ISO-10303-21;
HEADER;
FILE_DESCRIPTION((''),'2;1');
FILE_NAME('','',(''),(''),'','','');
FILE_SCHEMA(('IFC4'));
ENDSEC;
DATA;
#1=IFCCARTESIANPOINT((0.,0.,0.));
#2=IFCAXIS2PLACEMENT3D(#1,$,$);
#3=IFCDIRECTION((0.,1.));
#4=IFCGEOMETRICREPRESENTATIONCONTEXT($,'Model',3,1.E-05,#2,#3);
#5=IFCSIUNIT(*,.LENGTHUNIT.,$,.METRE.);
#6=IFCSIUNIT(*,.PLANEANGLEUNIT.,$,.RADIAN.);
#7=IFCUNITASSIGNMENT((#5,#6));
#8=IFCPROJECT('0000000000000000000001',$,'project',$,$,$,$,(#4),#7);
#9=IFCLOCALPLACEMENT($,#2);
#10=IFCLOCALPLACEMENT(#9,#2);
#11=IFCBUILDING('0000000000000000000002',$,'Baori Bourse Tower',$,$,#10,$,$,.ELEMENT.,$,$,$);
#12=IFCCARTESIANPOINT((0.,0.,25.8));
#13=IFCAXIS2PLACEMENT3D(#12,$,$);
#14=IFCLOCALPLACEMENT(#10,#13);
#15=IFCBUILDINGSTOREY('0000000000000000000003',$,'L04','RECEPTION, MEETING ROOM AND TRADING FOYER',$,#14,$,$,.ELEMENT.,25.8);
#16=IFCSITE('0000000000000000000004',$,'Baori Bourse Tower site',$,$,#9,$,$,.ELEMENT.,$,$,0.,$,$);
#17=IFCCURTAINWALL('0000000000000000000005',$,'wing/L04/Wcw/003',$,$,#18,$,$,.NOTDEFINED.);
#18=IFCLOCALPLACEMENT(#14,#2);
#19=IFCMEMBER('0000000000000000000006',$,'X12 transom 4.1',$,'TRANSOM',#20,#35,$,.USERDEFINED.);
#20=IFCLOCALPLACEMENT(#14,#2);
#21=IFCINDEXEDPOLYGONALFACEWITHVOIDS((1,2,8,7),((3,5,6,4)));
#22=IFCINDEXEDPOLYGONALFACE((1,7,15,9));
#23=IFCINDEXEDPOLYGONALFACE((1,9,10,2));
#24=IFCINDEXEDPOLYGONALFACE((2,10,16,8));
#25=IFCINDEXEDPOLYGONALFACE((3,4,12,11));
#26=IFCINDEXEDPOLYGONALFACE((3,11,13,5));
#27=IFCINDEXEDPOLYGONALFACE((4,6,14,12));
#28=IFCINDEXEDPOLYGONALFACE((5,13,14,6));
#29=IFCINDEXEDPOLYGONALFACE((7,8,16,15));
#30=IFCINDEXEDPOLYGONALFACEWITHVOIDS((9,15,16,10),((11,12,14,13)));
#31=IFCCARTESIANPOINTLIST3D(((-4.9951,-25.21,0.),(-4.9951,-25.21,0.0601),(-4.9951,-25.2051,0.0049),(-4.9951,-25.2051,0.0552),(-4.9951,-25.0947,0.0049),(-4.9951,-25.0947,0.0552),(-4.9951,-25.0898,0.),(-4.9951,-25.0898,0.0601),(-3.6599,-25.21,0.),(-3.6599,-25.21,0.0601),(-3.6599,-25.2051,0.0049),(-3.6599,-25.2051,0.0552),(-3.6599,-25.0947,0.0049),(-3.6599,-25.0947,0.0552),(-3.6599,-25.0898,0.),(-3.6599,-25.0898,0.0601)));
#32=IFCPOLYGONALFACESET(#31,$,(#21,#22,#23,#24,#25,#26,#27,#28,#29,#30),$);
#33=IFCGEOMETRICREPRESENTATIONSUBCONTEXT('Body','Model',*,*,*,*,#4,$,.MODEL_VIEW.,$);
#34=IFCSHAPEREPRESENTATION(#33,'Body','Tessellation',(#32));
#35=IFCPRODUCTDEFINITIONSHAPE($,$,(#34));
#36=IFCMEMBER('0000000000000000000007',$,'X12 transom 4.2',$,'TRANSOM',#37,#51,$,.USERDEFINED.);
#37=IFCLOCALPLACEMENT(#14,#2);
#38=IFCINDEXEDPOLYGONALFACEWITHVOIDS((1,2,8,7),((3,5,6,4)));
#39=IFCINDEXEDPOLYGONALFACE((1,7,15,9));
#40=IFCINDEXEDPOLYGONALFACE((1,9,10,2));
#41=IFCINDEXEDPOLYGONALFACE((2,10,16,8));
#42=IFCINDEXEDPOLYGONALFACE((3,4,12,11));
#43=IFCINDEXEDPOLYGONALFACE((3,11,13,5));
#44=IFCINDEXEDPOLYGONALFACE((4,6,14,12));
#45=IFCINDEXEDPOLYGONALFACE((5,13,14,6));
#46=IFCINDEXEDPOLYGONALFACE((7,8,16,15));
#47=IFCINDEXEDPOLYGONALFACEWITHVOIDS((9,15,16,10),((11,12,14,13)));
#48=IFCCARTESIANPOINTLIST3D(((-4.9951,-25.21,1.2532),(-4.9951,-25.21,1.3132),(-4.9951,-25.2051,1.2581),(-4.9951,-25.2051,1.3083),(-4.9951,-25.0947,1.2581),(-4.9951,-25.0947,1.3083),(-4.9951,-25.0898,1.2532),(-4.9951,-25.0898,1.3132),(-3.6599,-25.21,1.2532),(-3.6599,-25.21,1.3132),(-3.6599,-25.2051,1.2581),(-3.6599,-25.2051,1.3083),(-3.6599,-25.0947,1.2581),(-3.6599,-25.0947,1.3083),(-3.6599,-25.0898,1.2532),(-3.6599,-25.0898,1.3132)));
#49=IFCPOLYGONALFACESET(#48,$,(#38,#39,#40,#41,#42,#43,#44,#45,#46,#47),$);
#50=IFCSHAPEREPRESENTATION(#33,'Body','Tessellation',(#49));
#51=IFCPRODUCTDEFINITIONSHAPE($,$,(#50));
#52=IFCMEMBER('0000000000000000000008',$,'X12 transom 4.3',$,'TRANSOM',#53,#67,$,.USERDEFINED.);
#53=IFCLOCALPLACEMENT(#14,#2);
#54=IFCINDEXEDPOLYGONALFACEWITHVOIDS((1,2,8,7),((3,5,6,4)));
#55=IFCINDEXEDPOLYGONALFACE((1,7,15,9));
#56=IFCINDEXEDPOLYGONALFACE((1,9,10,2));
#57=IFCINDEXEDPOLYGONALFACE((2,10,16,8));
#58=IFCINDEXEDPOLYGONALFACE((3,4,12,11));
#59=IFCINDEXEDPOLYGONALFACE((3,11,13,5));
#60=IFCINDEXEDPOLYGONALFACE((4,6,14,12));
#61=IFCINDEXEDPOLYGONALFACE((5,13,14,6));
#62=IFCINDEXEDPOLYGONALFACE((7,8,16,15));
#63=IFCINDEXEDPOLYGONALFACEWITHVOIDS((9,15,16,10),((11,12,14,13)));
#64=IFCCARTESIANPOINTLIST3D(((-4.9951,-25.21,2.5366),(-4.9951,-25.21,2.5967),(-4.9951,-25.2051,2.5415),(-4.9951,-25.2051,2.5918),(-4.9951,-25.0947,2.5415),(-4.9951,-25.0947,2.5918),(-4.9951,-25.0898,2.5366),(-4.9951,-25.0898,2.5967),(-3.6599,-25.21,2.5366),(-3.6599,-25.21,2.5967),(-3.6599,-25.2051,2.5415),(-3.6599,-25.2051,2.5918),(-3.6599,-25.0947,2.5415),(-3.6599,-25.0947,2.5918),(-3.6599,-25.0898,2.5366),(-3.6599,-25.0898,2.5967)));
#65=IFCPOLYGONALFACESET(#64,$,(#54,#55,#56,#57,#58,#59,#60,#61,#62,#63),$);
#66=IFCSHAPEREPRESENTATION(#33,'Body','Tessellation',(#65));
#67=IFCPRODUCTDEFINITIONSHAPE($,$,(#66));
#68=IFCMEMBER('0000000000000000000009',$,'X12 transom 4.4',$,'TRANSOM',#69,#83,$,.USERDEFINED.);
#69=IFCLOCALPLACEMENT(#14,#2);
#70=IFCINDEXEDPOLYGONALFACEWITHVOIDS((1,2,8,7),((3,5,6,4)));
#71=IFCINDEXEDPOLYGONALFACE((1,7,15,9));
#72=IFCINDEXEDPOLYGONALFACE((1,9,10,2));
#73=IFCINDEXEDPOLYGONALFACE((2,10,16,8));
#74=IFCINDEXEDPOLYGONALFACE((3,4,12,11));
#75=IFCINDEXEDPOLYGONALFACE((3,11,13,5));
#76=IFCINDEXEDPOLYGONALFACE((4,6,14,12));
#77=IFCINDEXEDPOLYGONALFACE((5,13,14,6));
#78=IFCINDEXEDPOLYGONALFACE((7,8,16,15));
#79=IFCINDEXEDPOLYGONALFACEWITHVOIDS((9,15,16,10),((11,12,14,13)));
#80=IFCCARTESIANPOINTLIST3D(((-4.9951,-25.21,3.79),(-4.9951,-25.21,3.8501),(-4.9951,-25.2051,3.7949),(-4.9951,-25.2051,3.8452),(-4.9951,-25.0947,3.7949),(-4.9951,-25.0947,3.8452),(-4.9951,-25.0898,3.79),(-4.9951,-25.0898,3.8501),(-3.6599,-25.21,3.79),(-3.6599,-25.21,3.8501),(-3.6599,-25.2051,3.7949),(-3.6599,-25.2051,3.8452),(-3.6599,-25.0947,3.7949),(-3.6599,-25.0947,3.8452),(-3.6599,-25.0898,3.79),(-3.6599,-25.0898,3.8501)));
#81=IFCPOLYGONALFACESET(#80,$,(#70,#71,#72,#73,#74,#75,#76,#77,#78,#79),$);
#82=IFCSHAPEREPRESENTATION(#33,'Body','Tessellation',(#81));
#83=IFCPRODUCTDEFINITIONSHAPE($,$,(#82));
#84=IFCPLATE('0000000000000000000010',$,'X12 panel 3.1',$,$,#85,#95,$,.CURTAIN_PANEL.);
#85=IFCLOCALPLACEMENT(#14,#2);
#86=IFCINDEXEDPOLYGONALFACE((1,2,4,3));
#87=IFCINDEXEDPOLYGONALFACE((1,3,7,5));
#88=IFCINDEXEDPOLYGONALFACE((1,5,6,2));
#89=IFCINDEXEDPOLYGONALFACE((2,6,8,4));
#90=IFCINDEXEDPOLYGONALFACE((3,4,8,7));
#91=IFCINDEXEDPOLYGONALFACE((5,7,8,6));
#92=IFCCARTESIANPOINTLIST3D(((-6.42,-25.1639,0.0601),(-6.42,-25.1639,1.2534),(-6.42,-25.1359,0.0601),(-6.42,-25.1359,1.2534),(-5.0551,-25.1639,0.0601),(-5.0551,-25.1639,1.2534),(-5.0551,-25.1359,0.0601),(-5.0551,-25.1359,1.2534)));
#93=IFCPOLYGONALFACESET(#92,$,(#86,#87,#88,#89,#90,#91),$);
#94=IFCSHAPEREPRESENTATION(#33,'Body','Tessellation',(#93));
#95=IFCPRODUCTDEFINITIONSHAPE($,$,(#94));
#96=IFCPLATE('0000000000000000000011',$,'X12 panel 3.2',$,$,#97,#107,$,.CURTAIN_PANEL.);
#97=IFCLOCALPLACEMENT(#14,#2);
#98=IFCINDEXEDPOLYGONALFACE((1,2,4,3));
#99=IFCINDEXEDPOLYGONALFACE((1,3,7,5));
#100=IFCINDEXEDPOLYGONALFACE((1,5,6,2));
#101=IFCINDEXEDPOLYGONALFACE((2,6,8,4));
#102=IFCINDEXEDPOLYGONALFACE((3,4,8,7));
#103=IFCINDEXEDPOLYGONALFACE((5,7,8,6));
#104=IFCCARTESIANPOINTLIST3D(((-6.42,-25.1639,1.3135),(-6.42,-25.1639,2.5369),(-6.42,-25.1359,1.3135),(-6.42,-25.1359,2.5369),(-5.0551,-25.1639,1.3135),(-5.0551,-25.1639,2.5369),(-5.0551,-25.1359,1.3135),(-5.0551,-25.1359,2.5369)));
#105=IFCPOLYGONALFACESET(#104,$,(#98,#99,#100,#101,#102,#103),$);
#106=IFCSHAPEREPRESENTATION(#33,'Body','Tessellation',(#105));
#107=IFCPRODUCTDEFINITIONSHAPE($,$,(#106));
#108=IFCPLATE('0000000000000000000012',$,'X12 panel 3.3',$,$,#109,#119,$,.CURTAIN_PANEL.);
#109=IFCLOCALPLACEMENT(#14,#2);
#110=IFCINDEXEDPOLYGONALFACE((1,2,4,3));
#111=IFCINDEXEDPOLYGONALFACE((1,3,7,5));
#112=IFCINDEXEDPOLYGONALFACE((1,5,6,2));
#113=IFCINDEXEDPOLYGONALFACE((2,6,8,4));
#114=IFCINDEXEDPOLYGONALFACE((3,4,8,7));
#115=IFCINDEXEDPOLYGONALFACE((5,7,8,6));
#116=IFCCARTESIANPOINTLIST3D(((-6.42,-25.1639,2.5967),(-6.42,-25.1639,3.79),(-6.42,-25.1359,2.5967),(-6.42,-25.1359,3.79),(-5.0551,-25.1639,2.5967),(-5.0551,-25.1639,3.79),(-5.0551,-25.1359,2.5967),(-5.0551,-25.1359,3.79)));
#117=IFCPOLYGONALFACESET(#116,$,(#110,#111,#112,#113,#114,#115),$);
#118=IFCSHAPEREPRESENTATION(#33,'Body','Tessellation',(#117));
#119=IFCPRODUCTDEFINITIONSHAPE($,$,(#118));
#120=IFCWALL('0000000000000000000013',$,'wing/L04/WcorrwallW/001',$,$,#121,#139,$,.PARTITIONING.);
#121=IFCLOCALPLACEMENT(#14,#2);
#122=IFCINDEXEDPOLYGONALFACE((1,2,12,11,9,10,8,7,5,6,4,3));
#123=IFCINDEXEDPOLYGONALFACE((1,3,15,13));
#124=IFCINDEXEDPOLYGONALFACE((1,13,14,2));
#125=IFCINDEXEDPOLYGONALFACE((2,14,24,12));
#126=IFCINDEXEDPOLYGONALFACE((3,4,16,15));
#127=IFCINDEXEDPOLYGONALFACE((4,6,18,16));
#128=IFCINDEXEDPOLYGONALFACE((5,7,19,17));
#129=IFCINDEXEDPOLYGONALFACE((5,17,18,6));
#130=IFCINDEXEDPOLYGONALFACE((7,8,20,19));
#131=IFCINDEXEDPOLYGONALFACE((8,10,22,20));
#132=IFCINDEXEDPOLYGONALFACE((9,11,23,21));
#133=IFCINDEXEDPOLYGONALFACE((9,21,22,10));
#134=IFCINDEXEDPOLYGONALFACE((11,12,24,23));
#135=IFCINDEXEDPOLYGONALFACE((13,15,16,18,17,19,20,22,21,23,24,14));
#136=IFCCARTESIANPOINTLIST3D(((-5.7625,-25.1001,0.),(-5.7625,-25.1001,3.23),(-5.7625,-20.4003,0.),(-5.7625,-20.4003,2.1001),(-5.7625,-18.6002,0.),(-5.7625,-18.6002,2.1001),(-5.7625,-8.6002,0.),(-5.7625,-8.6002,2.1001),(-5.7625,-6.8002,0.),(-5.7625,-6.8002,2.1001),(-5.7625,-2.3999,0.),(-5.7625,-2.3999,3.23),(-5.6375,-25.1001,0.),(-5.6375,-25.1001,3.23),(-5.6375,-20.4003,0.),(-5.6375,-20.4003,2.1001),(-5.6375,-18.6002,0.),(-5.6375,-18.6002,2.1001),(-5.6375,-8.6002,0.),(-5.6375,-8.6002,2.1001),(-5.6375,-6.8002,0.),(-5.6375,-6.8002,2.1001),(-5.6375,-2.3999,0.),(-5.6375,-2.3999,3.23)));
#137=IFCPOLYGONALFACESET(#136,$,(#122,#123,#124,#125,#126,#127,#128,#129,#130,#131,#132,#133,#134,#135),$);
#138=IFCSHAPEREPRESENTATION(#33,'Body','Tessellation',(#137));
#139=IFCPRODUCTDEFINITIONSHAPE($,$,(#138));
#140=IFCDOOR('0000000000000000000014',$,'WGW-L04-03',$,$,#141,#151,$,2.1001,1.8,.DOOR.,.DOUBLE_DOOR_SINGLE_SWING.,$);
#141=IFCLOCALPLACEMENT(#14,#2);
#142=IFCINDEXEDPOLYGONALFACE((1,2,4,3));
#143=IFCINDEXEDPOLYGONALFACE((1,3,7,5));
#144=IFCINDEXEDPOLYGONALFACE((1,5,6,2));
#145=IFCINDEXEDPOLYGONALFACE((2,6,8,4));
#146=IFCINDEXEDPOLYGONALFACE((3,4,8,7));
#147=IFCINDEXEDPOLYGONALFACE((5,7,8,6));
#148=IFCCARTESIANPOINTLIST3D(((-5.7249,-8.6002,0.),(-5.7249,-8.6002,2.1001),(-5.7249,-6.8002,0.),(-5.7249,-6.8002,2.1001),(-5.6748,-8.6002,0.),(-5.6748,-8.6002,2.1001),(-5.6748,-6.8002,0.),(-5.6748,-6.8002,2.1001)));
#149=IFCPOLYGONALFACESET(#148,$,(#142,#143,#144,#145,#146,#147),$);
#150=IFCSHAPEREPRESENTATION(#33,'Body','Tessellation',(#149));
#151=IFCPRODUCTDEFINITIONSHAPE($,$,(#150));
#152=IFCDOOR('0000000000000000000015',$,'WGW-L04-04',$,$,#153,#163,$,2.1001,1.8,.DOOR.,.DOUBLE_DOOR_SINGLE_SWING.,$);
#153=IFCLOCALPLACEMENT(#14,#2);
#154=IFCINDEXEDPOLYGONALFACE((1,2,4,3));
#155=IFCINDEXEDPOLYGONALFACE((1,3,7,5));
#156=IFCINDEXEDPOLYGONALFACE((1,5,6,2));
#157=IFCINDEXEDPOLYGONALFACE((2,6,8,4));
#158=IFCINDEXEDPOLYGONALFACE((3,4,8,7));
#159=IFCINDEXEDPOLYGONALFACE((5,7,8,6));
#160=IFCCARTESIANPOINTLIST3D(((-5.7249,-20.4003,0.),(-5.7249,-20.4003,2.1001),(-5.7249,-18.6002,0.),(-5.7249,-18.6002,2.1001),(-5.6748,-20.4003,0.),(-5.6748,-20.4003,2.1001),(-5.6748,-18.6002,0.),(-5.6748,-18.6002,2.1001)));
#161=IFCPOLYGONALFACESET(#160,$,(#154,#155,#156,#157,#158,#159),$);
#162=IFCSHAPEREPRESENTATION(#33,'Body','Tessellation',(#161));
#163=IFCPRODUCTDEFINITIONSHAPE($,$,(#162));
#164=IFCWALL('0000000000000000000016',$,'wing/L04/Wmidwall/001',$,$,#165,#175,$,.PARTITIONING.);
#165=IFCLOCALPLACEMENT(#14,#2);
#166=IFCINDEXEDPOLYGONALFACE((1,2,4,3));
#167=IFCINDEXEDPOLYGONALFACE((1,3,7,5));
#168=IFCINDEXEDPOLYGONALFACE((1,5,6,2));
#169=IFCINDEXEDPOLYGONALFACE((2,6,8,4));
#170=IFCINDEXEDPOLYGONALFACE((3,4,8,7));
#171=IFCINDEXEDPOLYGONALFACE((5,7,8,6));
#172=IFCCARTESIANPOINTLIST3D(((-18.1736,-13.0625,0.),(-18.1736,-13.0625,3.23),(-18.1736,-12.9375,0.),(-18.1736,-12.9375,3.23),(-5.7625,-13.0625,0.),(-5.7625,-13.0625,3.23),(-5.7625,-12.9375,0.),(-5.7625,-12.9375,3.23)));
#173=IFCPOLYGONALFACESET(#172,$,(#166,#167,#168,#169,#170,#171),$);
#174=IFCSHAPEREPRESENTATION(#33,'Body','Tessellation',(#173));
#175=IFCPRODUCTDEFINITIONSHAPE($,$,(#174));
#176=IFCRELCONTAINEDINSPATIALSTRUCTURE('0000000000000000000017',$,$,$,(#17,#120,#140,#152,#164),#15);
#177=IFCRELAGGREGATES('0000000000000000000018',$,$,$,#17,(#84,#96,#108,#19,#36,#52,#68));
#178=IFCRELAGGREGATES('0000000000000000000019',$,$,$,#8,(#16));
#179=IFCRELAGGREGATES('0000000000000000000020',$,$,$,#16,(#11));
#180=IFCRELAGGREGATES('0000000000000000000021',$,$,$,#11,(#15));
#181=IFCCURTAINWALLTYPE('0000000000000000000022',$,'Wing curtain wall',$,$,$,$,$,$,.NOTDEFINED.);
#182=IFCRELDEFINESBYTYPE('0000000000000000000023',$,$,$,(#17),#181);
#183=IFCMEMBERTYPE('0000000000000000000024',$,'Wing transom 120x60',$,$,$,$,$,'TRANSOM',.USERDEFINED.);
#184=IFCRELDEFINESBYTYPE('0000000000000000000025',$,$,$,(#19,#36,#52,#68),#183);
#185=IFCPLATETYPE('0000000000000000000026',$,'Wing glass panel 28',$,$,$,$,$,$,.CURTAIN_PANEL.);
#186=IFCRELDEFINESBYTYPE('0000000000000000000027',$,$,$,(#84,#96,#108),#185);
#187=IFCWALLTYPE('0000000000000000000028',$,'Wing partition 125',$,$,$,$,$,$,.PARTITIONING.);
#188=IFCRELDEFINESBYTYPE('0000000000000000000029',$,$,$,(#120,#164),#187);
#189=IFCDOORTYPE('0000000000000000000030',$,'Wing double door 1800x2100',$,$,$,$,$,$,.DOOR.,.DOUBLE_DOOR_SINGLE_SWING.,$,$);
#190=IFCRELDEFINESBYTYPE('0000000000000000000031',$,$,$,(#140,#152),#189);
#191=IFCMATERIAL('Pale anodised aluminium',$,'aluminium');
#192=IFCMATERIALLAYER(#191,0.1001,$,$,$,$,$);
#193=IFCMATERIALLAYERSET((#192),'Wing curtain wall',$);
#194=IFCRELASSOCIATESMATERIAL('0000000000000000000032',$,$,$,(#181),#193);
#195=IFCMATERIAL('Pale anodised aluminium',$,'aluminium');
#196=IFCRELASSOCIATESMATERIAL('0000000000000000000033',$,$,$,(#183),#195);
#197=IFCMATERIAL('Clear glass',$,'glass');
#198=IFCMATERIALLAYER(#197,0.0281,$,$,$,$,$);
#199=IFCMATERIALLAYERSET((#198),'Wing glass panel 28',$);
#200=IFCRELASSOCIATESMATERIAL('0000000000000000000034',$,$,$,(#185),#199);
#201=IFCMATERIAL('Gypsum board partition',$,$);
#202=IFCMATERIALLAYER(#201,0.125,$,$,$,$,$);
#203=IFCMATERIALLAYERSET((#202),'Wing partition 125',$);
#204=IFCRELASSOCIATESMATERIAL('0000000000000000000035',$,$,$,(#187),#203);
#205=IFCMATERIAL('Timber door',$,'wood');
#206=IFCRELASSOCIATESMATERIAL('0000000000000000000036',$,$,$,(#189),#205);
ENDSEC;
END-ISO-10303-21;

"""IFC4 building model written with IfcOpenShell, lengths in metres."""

from ifc_helpers import new_model, si_unit, direction, frame, frame_2d, origin, origin_2d, place, context, subcontext, project, spatial, rectangle, hollow_rectangle, extrude, material, layer, layer_set, material_profile, profile_set, type_object, element, fill, aggregate, save


model = new_model("IFC4")

# Units and contexts
model_context = context("Model", 3, precision=1e-05, world=origin(), true_north=direction((0.0, 1.0)))
body_context = subcontext(model_context, "Body", "Model", "MODEL_VIEW")
ifc_project = project(units=[si_unit("LENGTHUNIT", "METRE"), si_unit("PLANEANGLEUNIT", "RADIAN")], contexts=[model_context])

# Site, building, storey
site_placement = place(None, origin())
site = spatial("IfcSite", under=ifc_project, at=site_placement, Name="Baori Bourse Tower site", CompositionType="ELEMENT", RefElevation=0.0)
building_placement = place(site_placement, origin())
building = spatial("IfcBuilding", under=site, at=building_placement, Name="Baori Bourse Tower", CompositionType="ELEMENT")
storey_placement = place(building_placement, frame((0.0, 0.0, 25.8)))
storey = spatial("IfcBuildingStorey", under=building, at=storey_placement, Name="L04", Description="RECEPTION, MEETING ROOM AND TRADING FOYER", CompositionType="ELEMENT", Elevation=25.8)

# Curtain wall, members, plates
ifc_material_1 = material(Name="Pale anodised aluminium", Category="aluminium")
ifc_layer_1 = layer(ifc_material_1, 0.1001)
ifc_layer_set_1 = layer_set([ifc_layer_1], Name="Wing curtain wall")
curtain_wall_type = type_object("IfcCurtainWallType", Name="Wing curtain wall", PredefinedType="NOTDEFINED", material=ifc_layer_set_1)
curtain_wall_placement = place(storey_placement, origin())
curtain_wall = element("IfcCurtainWall", 1, at=curtain_wall_placement, inside=storey, type_object=curtain_wall_type, Name="wing/L04/Wcw/003", PredefinedType="NOTDEFINED")
ifc_material_2 = material(Name="Pale anodised aluminium", Category="aluminium")
ifc_material_profile_1 = material_profile(ifc_material_2, hollow_rectangle(XDim=0.1201, YDim=0.0601, WallThickness=0.0049, at=origin_2d()), Name="Transom 120x60x5")
ifc_profile_set_1 = profile_set([ifc_material_profile_1], Name="Pale anodised aluminium")
member_type_1 = type_object("IfcMemberType", Name="Wing transom 120x60", ElementType="TRANSOM", PredefinedType="USERDEFINED", material=ifc_profile_set_1)
member_1_placement = place(storey_placement, frame((-4.9951, -25.1499, 0.03), z_axis=(1.0, 0.0, 0.0), x_axis=(0.0, 1.0, 0.0)))
member_1 = element("IfcMember", 2, at=member_1_placement, type_object=member_type_1, Name="X12 transom 4.1", ObjectType="TRANSOM", PredefinedType="USERDEFINED", context=body_context, shape_type="SweptSolid", body=[
    extrude(hollow_rectangle(XDim=0.1201, YDim=0.0601, WallThickness=0.0049, at=origin_2d()), origin(), (0.0, 0.0, 1.0), 1.3352),
])
member_2_placement = place(storey_placement, frame((-4.9951, -25.1499, 1.2832), z_axis=(1.0, 0.0, 0.0), x_axis=(0.0, 1.0, 0.0)))
member_2 = element("IfcMember", 3, at=member_2_placement, type_object=member_type_1, Name="X12 transom 4.2", ObjectType="TRANSOM", PredefinedType="USERDEFINED", context=body_context, shape_type="SweptSolid", body=[
    extrude(hollow_rectangle(XDim=0.1201, YDim=0.0601, WallThickness=0.0049, at=origin_2d()), origin(), (0.0, 0.0, 1.0), 1.3352),
])
member_3_placement = place(storey_placement, frame((-4.9951, -25.1499, 2.5667), z_axis=(1.0, 0.0, 0.0), x_axis=(0.0, 1.0, 0.0)))
member_3 = element("IfcMember", 4, at=member_3_placement, type_object=member_type_1, Name="X12 transom 4.3", ObjectType="TRANSOM", PredefinedType="USERDEFINED", context=body_context, shape_type="SweptSolid", body=[
    extrude(hollow_rectangle(XDim=0.1201, YDim=0.0601, WallThickness=0.0049, at=origin_2d()), origin(), (0.0, 0.0, 1.0), 1.3352),
])
member_4_placement = place(storey_placement, frame((-4.9951, -25.1499, 3.8201), z_axis=(1.0, 0.0, 0.0), x_axis=(0.0, 1.0, 0.0)))
member_4 = element("IfcMember", 5, at=member_4_placement, type_object=member_type_1, Name="X12 transom 4.4", ObjectType="TRANSOM", PredefinedType="USERDEFINED", context=body_context, shape_type="SweptSolid", body=[
    extrude(hollow_rectangle(XDim=0.1201, YDim=0.0601, WallThickness=0.0049, at=origin_2d()), origin(), (0.0, 0.0, 1.0), 1.3352),
])
ifc_material_3 = material(Name="Clear glass", Category="glass")
ifc_layer_2 = layer(ifc_material_3, 0.0281)
ifc_layer_set_2 = layer_set([ifc_layer_2], Name="Wing glass panel 28")
plate_type = type_object("IfcPlateType", Name="Wing glass panel 28", PredefinedType="CURTAIN_PANEL", material=ifc_layer_set_2)
plate_1_placement = place(storey_placement, frame((-5.7375, -25.1499, 0.0601), z_axis=(0.0, 0.0, 1.0), x_axis=(1.0, 0.0, 0.0)))
plate_1 = element("IfcPlate", 6, at=plate_1_placement, type_object=plate_type, Name="X12 panel 3.1", PredefinedType="CURTAIN_PANEL", context=body_context, shape_type="SweptSolid", body=[
    extrude(rectangle(XDim=1.365, YDim=0.0281, at=origin_2d()), origin(), (0.0, 0.0, 1.0), 1.1934),
])
plate_2_placement = place(storey_placement, frame((-5.7375, -25.1499, 1.3135), z_axis=(0.0, 0.0, 1.0), x_axis=(1.0, 0.0, 0.0)))
plate_2 = element("IfcPlate", 7, at=plate_2_placement, type_object=plate_type, Name="X12 panel 3.2", PredefinedType="CURTAIN_PANEL", context=body_context, shape_type="SweptSolid", body=[
    extrude(rectangle(XDim=1.365, YDim=0.0281, at=origin_2d()), origin(), (0.0, 0.0, 1.0), 1.2234),
])
plate_3_placement = place(storey_placement, frame((-5.7375, -25.1499, 2.5967), z_axis=(0.0, 0.0, 1.0), x_axis=(1.0, 0.0, 0.0)))
plate_3 = element("IfcPlate", 8, at=plate_3_placement, type_object=plate_type, Name="X12 panel 3.3", PredefinedType="CURTAIN_PANEL", context=body_context, shape_type="SweptSolid", body=[
    extrude(rectangle(XDim=1.365, YDim=0.0281, at=origin_2d()), origin(), (0.0, 0.0, 1.0), 1.1934),
])
aggregate(curtain_wall, [plate_1, plate_2, plate_3, member_1, member_2, member_3, member_4])

# Wall, openings, doors
ifc_material_4 = material(Name="Gypsum board partition")
ifc_layer_3 = layer(ifc_material_4, 0.125)
ifc_layer_set_3 = layer_set([ifc_layer_3], Name="Wing partition 125")
wall_type = type_object("IfcWallType", Name="Wing partition 125", PredefinedType="PARTITIONING", material=ifc_layer_set_3)
wall_1_placement = place(storey_placement, frame((-5.7, -25.1001, 0.0), z_axis=(0.0, 0.0, 1.0), x_axis=(0.0, 1.0, 0.0)))
wall_1 = element("IfcWall", 9, at=wall_1_placement, inside=storey, type_object=wall_type, Name="wing/L04/WcorrwallW/001", PredefinedType="PARTITIONING", context=body_context, shape_type="SweptSolid", body=[
    extrude(rectangle(XDim=22.7002, YDim=0.125, at=frame_2d((11.3501, 0.0))), origin(), (0.0, 0.0, 1.0), 3.23),
])
opening_1_placement = place(wall_1_placement, frame((16.5, 0.0, 0.0)))
opening_1 = element("IfcOpeningElement", 10, at=opening_1_placement, cuts=wall_1, PredefinedType="OPENING", context=body_context, shape_type="SweptSolid", body=[
    extrude(rectangle(XDim=1.8, YDim=2.1001, at=frame_2d((0.8999, 1.05))), frame((0.0, 0.0725, 0.0), z_axis=(0.0, -1.0, 0.0), x_axis=(1.0, 0.0, 0.0)), (0.0, 0.0, 1.0), 0.145),
])
opening_2_placement = place(wall_1_placement, frame((4.7, 0.0, 0.0)))
opening_2 = element("IfcOpeningElement", 11, at=opening_2_placement, cuts=wall_1, PredefinedType="OPENING", context=body_context, shape_type="SweptSolid", body=[
    extrude(rectangle(XDim=1.8, YDim=2.1001, at=frame_2d((0.8999, 1.05))), frame((0.0, 0.0725, 0.0), z_axis=(0.0, -1.0, 0.0), x_axis=(1.0, 0.0, 0.0)), (0.0, 0.0, 1.0), 0.145),
])
ifc_material_5 = material(Name="Timber door", Category="wood")
door_type = type_object("IfcDoorType", Name="Wing double door 1800x2100", OperationType="DOUBLE_DOOR_SINGLE_SWING", PredefinedType="DOOR", material=ifc_material_5)
door_1_placement = place(opening_1_placement, origin())
door_1 = element("IfcDoor", 12, at=door_1_placement, inside=storey, type_object=door_type, Name="WGW-L04-03", OperationType="DOUBLE_DOOR_SINGLE_SWING", OverallHeight=2.1001, OverallWidth=1.8, PredefinedType="DOOR", context=body_context, shape_type="SweptSolid", body=[
    extrude(rectangle(XDim=1.8, YDim=2.1001, at=frame_2d((0.8999, 1.05))), frame((0.0, 0.0249, 0.0), z_axis=(0.0, -1.0, 0.0), x_axis=(1.0, 0.0, 0.0)), (0.0, 0.0, 1.0), 0.05),
])
fill(opening_1, door_1)
door_2_placement = place(opening_2_placement, origin())
door_2 = element("IfcDoor", 13, at=door_2_placement, inside=storey, type_object=door_type, Name="WGW-L04-04", OperationType="DOUBLE_DOOR_SINGLE_SWING", OverallHeight=2.1001, OverallWidth=1.8, PredefinedType="DOOR", context=body_context, shape_type="SweptSolid", body=[
    extrude(rectangle(XDim=1.8, YDim=2.1001, at=frame_2d((0.8999, 1.05))), frame((0.0, 0.0249, 0.0), z_axis=(0.0, -1.0, 0.0), x_axis=(1.0, 0.0, 0.0)), (0.0, 0.0, 1.0), 0.05),
])
fill(opening_2, door_2)

# Wall
wall_2_placement = place(storey_placement, frame((-5.7625, -13.0, 0.0), z_axis=(0.0, 0.0, 1.0), x_axis=(-1.0, 0.0, 0.0)))
element("IfcWall", 14, at=wall_2_placement, inside=storey, type_object=wall_type, Name="wing/L04/Wmidwall/001", PredefinedType="PARTITIONING", context=body_context, shape_type="SweptSolid", body=[
    extrude(rectangle(XDim=12.4111, YDim=0.125, at=frame_2d((6.2056, 0.0))), origin(), (0.0, 0.0, 1.0), 3.23),
])

save(model, "model.ifc")
